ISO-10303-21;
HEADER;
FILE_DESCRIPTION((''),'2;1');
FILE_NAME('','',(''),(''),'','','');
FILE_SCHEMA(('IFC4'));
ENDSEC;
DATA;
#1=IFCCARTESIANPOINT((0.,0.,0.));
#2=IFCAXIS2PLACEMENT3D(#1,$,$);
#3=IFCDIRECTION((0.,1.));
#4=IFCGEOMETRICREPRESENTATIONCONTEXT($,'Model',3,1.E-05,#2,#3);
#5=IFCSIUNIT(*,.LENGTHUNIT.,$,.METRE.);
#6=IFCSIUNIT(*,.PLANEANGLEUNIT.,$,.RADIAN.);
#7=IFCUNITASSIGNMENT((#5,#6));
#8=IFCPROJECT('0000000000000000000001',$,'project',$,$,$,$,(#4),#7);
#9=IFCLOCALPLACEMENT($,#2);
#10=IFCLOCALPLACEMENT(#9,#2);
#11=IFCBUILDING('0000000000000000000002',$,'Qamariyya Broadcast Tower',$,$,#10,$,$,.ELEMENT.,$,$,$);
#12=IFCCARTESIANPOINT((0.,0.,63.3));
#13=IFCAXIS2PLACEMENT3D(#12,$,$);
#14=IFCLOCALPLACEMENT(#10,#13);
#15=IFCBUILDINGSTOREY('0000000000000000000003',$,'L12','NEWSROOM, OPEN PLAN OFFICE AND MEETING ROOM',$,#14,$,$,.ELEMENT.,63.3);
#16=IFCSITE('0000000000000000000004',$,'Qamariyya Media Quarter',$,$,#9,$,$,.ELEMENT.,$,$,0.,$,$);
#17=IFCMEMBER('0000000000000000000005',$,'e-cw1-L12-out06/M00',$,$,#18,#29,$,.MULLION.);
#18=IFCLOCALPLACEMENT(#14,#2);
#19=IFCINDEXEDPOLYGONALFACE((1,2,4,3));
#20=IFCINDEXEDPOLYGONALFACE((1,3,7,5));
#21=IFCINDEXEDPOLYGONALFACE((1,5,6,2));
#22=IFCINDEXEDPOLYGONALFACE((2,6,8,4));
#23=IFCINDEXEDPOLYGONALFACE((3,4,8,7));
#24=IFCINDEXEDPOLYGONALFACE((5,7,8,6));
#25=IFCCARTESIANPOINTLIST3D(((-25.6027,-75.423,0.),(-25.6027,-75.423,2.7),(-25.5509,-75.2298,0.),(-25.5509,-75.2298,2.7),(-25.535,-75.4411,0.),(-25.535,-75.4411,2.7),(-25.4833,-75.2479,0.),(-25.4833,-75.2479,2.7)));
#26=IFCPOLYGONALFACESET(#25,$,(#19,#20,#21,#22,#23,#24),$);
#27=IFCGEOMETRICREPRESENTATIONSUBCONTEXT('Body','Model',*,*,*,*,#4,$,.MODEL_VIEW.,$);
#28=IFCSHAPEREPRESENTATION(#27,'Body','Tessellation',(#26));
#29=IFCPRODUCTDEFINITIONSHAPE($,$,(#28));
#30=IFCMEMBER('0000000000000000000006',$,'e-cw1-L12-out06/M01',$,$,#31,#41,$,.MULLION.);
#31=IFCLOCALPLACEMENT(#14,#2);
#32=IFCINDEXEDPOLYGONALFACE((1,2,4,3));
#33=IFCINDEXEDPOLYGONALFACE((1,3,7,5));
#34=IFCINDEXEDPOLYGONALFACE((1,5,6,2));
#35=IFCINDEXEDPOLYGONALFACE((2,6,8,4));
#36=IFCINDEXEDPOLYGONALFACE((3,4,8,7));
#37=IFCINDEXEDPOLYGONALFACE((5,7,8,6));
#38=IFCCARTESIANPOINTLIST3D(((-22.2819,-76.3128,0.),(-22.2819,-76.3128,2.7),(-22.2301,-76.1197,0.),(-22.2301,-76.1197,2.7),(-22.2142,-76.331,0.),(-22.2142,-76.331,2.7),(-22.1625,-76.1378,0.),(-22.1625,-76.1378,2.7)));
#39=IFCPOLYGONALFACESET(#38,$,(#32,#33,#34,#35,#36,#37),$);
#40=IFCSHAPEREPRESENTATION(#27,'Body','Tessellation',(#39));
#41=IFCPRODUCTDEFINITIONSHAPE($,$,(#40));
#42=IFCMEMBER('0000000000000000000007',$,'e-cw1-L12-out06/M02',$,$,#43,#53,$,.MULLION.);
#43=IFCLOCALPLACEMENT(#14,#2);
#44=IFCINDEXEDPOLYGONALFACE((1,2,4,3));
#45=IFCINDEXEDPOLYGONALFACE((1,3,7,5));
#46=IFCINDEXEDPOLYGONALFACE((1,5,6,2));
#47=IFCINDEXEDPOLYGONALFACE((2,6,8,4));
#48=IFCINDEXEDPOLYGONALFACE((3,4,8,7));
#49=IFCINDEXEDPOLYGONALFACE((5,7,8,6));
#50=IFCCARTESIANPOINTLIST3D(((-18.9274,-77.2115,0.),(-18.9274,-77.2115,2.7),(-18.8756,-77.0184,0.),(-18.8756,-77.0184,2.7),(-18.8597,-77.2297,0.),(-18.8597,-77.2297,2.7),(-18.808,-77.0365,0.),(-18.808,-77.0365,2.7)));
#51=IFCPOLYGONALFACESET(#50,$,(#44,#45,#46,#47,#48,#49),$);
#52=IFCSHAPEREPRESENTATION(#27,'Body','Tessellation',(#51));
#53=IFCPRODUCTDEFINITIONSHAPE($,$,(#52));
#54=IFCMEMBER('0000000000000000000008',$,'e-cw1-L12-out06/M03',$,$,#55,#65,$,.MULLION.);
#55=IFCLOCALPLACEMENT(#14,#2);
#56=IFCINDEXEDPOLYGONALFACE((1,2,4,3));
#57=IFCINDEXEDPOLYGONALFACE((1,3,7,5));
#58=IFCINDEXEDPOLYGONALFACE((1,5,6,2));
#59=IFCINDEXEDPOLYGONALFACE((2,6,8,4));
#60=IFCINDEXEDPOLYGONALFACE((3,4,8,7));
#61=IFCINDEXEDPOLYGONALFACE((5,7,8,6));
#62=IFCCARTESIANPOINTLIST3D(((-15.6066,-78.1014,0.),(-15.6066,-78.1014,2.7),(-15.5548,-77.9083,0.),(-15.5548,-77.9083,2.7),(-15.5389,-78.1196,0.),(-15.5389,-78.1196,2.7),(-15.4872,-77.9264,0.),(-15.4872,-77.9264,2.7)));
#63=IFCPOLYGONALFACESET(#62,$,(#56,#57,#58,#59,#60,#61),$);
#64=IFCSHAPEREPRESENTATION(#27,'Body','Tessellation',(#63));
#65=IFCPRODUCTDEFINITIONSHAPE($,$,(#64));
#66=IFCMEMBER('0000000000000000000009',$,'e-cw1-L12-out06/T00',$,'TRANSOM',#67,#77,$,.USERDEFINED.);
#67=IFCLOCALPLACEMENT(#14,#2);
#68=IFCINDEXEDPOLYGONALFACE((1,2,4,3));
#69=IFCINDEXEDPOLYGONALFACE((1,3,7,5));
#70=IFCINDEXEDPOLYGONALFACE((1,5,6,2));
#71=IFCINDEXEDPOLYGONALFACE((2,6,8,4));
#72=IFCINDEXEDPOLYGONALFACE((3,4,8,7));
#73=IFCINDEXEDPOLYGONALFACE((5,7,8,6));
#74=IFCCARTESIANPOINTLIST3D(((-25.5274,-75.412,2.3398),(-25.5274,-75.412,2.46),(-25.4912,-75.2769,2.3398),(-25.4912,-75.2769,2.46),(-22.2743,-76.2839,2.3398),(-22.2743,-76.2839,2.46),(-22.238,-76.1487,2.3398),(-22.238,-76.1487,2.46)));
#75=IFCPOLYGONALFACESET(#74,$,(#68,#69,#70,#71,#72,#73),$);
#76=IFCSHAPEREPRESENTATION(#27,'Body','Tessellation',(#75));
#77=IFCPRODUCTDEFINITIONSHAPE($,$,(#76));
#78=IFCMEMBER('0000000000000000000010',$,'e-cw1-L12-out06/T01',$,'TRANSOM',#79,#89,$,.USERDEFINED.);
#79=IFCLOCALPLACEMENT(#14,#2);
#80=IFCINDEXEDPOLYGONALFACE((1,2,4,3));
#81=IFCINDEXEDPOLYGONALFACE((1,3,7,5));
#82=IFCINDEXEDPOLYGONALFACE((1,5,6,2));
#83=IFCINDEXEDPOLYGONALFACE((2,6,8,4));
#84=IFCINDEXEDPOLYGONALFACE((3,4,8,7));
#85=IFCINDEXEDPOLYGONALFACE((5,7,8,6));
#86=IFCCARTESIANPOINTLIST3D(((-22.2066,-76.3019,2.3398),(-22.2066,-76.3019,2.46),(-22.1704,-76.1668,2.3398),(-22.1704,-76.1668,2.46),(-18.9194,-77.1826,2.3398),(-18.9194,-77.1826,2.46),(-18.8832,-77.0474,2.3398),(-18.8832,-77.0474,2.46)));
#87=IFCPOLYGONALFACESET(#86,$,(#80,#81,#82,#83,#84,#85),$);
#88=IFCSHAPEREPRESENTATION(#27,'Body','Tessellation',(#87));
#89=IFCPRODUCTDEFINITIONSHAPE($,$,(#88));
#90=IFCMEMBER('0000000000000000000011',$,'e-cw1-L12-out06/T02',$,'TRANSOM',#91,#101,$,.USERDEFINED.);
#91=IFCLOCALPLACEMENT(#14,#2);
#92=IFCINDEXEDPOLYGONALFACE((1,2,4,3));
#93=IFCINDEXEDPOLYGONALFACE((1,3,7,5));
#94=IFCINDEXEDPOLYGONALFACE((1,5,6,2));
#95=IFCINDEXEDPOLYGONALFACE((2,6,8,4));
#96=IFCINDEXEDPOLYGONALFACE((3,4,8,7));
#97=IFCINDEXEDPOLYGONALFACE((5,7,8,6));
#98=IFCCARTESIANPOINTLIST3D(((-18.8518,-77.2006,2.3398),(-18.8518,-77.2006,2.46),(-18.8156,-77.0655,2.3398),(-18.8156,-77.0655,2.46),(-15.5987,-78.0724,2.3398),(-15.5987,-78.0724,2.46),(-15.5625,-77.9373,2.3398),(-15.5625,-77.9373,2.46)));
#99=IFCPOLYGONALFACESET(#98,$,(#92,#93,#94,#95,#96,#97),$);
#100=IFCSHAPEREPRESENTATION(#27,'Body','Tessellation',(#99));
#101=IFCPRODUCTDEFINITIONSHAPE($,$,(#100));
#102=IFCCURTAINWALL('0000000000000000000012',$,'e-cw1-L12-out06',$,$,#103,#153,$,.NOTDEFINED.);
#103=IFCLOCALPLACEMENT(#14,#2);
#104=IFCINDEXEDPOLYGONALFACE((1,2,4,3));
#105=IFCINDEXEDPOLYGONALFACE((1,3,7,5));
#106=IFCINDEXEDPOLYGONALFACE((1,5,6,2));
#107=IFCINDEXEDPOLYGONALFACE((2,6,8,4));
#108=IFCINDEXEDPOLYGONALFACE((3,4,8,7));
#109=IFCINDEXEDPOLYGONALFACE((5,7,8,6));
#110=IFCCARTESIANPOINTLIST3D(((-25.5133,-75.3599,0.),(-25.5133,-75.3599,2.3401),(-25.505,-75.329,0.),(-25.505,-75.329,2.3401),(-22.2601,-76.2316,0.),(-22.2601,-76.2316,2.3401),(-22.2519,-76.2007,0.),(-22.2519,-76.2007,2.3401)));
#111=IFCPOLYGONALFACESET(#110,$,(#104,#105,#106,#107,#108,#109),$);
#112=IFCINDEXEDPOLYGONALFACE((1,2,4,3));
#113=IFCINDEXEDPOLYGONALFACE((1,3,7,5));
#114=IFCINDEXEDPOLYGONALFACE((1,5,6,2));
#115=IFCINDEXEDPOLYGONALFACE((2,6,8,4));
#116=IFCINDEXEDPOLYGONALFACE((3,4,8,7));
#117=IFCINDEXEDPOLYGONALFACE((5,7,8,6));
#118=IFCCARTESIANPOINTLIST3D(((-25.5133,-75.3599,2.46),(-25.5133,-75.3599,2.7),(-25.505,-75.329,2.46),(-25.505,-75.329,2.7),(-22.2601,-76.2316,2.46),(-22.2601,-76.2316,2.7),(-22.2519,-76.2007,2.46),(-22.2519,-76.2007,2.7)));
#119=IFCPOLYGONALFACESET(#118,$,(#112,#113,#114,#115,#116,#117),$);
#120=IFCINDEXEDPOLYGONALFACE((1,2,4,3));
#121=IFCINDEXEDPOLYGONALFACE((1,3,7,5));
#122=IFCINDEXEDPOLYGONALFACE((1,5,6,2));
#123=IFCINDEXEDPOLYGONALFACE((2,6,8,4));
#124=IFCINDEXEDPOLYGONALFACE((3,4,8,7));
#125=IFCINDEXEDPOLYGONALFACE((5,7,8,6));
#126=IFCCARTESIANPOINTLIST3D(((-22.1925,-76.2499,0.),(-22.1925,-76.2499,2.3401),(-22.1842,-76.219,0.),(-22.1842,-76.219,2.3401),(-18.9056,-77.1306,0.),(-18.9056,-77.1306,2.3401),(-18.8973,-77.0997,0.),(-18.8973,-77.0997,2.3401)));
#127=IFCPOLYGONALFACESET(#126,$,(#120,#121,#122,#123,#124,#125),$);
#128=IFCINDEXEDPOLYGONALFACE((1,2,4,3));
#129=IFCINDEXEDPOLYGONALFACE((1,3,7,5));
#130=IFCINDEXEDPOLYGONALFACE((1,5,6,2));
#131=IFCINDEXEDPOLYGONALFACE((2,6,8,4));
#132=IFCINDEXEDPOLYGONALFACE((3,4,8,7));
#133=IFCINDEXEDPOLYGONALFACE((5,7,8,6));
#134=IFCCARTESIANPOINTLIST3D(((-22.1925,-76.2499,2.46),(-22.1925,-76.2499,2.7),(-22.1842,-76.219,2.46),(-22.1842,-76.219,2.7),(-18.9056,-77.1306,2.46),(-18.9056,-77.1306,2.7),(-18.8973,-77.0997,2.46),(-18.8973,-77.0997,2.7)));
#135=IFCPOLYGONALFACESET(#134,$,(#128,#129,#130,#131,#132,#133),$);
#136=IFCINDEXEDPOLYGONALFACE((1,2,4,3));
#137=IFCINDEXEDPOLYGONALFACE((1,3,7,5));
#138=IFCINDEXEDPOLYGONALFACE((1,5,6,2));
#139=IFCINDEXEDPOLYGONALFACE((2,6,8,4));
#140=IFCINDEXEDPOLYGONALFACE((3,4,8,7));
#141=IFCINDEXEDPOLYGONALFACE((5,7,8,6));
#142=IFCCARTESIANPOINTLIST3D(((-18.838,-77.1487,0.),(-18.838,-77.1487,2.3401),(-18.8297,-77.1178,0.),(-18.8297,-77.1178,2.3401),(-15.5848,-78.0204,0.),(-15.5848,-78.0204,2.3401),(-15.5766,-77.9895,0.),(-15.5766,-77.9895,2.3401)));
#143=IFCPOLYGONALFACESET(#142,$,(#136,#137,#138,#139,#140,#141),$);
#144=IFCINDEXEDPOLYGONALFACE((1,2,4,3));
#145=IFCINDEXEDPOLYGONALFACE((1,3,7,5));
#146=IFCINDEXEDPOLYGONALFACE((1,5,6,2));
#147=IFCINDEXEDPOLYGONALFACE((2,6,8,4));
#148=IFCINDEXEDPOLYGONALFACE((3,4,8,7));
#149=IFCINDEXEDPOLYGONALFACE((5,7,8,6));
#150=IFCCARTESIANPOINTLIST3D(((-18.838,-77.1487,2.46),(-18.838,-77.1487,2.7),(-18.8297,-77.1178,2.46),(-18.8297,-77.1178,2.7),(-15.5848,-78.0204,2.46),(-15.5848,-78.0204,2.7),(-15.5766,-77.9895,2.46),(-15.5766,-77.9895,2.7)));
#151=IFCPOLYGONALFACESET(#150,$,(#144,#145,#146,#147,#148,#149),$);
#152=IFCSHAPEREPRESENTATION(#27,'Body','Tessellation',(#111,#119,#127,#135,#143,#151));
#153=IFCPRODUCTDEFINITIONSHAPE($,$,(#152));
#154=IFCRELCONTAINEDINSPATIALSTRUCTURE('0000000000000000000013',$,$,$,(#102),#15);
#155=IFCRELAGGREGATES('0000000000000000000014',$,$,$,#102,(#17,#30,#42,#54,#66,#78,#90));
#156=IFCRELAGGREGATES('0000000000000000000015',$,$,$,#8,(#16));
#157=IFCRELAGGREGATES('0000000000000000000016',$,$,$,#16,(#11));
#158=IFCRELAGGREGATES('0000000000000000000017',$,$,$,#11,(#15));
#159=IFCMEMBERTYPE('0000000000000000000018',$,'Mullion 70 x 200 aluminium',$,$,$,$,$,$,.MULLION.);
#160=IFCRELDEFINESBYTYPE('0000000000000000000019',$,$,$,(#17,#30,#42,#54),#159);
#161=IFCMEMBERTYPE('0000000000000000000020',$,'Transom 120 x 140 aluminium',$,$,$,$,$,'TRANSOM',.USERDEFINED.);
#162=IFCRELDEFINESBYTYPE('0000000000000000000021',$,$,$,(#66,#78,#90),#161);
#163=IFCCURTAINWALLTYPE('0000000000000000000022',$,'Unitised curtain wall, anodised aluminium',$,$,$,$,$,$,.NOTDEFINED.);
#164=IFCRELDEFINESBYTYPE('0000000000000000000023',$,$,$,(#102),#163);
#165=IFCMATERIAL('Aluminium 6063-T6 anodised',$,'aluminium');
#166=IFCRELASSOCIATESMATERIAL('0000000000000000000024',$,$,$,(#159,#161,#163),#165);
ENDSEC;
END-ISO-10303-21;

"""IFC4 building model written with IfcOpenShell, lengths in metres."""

from ifc_helpers import new_model, si_unit, direction, frame, origin, origin_2d, place, context, subcontext, project, spatial, rectangle, extrude, material, material_profile, profile_set, type_object, element, aggregate, save


model = new_model("IFC4")

# Units and contexts
model_context = context("Model", 3, precision=1e-05, world=origin(), true_north=direction((0.0, 1.0)))
body_context = subcontext(model_context, "Body", "Model", "MODEL_VIEW")
ifc_project = project(units=[si_unit("LENGTHUNIT", "METRE"), si_unit("PLANEANGLEUNIT", "RADIAN")], contexts=[model_context])

# Members
ifc_material = material(Name="Aluminium 6063-T6 anodised", Category="aluminium")
ifc_material_profile_1 = material_profile(ifc_material, rectangle(XDim=0.2, YDim=0.0701, at=origin_2d()))
ifc_profile_set_1 = profile_set([ifc_material_profile_1], Name="Aluminium 6063-T6 anodised")
member_type_1 = type_object("IfcMemberType", Name="Mullion 70 x 200 aluminium", PredefinedType="MULLION", material=ifc_profile_set_1)
site_placement = place(None, origin())
building_placement = place(site_placement, origin())
storey_placement = place(building_placement, frame((0.0, 0.0, 63.3)))
member_1_placement = place(storey_placement, frame((-25.543, -75.3354, 0.0), z_axis=(0.0, 0.0, 1.0), x_axis=(0.258819, 0.965926, 0.0)))
member_1 = element("IfcMember", 1, at=member_1_placement, type_object=member_type_1, Name="e-cw1-L12-out06/M00", PredefinedType="MULLION", context=body_context, shape_type="SweptSolid", body=[
    extrude(rectangle(XDim=0.2, YDim=0.0701, at=origin_2d()), origin(), (0.0, 0.0, 1.0), 2.7),
])
member_2_placement = place(storey_placement, frame((-22.2222, -76.2253, 0.0), z_axis=(0.0, 0.0, 1.0), x_axis=(0.258819, 0.965926, 0.0)))
member_2 = element("IfcMember", 2, at=member_2_placement, type_object=member_type_1, Name="e-cw1-L12-out06/M01", PredefinedType="MULLION", context=body_context, shape_type="SweptSolid", body=[
    extrude(rectangle(XDim=0.2, YDim=0.0701, at=origin_2d()), origin(), (0.0, 0.0, 1.0), 2.7),
])
member_3_placement = place(storey_placement, frame((-18.8677, -77.124, 0.0), z_axis=(0.0, 0.0, 1.0), x_axis=(0.258819, 0.965926, 0.0)))
member_3 = element("IfcMember", 3, at=member_3_placement, type_object=member_type_1, Name="e-cw1-L12-out06/M02", PredefinedType="MULLION", context=body_context, shape_type="SweptSolid", body=[
    extrude(rectangle(XDim=0.2, YDim=0.0701, at=origin_2d()), origin(), (0.0, 0.0, 1.0), 2.7),
])
member_4_placement = place(storey_placement, frame((-15.5469, -78.0139, 0.0), z_axis=(0.0, 0.0, 1.0), x_axis=(0.258819, 0.965926, 0.0)))
member_4 = element("IfcMember", 4, at=member_4_placement, type_object=member_type_1, Name="e-cw1-L12-out06/M03", PredefinedType="MULLION", context=body_context, shape_type="SweptSolid", body=[
    extrude(rectangle(XDim=0.2, YDim=0.0701, at=origin_2d()), origin(), (0.0, 0.0, 1.0), 2.7),
])
ifc_material_profile_2 = material_profile(ifc_material, rectangle(XDim=0.1399, YDim=0.1201, at=origin_2d()))
ifc_profile_set_2 = profile_set([ifc_material_profile_2], Name="Aluminium 6063-T6 anodised")
member_type_2 = type_object("IfcMemberType", Name="Transom 120 x 140 aluminium", ElementType="TRANSOM", PredefinedType="USERDEFINED", material=ifc_profile_set_2)
member_5_placement = place(storey_placement, frame((-25.5093, -75.3445, 2.3999), z_axis=(0.965915, -0.258858, 0.0), x_axis=(0.258858, 0.965915, 0.0)))
member_5 = element("IfcMember", 5, at=member_5_placement, type_object=member_type_2, Name="e-cw1-L12-out06/T00", ObjectType="TRANSOM", PredefinedType="USERDEFINED", context=body_context, shape_type="SweptSolid", body=[
    extrude(rectangle(XDim=0.1399, YDim=0.1201, at=origin_2d()), origin(), (0.0, 0.0, 1.0), 3.3679),
])
member_6_placement = place(storey_placement, frame((-22.1885, -76.2344, 2.3999), z_axis=(0.965938, -0.258774, 0.0), x_axis=(0.258774, 0.965938, 0.0)))
member_6 = element("IfcMember", 6, at=member_6_placement, type_object=member_type_2, Name="e-cw1-L12-out06/T01", ObjectType="TRANSOM", PredefinedType="USERDEFINED", context=body_context, shape_type="SweptSolid", body=[
    extrude(rectangle(XDim=0.1399, YDim=0.1201, at=origin_2d()), origin(), (0.0, 0.0, 1.0), 3.4031),
])
member_7_placement = place(storey_placement, frame((-18.8337, -77.1331, 2.3999), z_axis=(0.965915, -0.258858, 0.0), x_axis=(0.258858, 0.965915, 0.0)))
member_7 = element("IfcMember", 7, at=member_7_placement, type_object=member_type_2, Name="e-cw1-L12-out06/T02", ObjectType="TRANSOM", PredefinedType="USERDEFINED", context=body_context, shape_type="SweptSolid", body=[
    extrude(rectangle(XDim=0.1399, YDim=0.1201, at=origin_2d()), origin(), (0.0, 0.0, 1.0), 3.3679),
])

# Site, building, storey
site = spatial("IfcSite", under=ifc_project, at=site_placement, Name="Qamariyya Media Quarter", CompositionType="ELEMENT", RefElevation=0.0)
building = spatial("IfcBuilding", under=site, at=building_placement, Name="Qamariyya Broadcast Tower", CompositionType="ELEMENT")
storey = spatial("IfcBuildingStorey", under=building, at=storey_placement, Name="L12", Description="NEWSROOM, OPEN PLAN OFFICE AND MEETING ROOM", CompositionType="ELEMENT", Elevation=63.3)

# Curtain wall
curtain_wall_type = type_object("IfcCurtainWallType", Name="Unitised curtain wall, anodised aluminium", PredefinedType="NOTDEFINED", material=ifc_material)
curtain_wall_1_placement = place(storey_placement, origin())
curtain_wall_1 = element("IfcCurtainWall", 8, at=curtain_wall_1_placement, inside=storey, type_object=curtain_wall_type, Name="e-cw1-L12-out06", PredefinedType="NOTDEFINED", context=body_context, shape_type="SweptSolid", body=[
    extrude(rectangle(XDim=3.3679, YDim=0.032, at=origin_2d()), frame((-23.8826, -75.7803, 0.0), x_axis=(0.965925, -0.258822, 0.0)), (0.0, 0.0, 1.0), 2.3401),
    extrude(rectangle(XDim=3.3679, YDim=0.032, at=origin_2d()), frame((-23.8826, -75.7803, 2.46), x_axis=(0.965925, -0.258822, 0.0)), (0.0, 0.0, 1.0), 0.24),
    extrude(rectangle(XDim=3.4028, YDim=0.032, at=origin_2d()), frame((-20.5449, -76.6748, 0.0), x_axis=(0.965925, -0.258822, 0.0)), (0.0, 0.0, 1.0), 2.3401),
    extrude(rectangle(XDim=3.4028, YDim=0.032, at=origin_2d()), frame((-20.5449, -76.6748, 2.46), x_axis=(0.965925, -0.258822, 0.0)), (0.0, 0.0, 1.0), 0.24),
    extrude(rectangle(XDim=3.3679, YDim=0.032, at=origin_2d()), frame((-17.2073, -77.5691, 0.0), x_axis=(0.965925, -0.258822, 0.0)), (0.0, 0.0, 1.0), 2.3401),
    extrude(rectangle(XDim=3.3679, YDim=0.032, at=origin_2d()), frame((-17.2073, -77.5691, 2.46), x_axis=(0.965925, -0.258822, 0.0)), (0.0, 0.0, 1.0), 0.24),
])
aggregate(curtain_wall_1, [member_1, member_2, member_3, member_4, member_5, member_6, member_7])

save(model, "model.ifc")
